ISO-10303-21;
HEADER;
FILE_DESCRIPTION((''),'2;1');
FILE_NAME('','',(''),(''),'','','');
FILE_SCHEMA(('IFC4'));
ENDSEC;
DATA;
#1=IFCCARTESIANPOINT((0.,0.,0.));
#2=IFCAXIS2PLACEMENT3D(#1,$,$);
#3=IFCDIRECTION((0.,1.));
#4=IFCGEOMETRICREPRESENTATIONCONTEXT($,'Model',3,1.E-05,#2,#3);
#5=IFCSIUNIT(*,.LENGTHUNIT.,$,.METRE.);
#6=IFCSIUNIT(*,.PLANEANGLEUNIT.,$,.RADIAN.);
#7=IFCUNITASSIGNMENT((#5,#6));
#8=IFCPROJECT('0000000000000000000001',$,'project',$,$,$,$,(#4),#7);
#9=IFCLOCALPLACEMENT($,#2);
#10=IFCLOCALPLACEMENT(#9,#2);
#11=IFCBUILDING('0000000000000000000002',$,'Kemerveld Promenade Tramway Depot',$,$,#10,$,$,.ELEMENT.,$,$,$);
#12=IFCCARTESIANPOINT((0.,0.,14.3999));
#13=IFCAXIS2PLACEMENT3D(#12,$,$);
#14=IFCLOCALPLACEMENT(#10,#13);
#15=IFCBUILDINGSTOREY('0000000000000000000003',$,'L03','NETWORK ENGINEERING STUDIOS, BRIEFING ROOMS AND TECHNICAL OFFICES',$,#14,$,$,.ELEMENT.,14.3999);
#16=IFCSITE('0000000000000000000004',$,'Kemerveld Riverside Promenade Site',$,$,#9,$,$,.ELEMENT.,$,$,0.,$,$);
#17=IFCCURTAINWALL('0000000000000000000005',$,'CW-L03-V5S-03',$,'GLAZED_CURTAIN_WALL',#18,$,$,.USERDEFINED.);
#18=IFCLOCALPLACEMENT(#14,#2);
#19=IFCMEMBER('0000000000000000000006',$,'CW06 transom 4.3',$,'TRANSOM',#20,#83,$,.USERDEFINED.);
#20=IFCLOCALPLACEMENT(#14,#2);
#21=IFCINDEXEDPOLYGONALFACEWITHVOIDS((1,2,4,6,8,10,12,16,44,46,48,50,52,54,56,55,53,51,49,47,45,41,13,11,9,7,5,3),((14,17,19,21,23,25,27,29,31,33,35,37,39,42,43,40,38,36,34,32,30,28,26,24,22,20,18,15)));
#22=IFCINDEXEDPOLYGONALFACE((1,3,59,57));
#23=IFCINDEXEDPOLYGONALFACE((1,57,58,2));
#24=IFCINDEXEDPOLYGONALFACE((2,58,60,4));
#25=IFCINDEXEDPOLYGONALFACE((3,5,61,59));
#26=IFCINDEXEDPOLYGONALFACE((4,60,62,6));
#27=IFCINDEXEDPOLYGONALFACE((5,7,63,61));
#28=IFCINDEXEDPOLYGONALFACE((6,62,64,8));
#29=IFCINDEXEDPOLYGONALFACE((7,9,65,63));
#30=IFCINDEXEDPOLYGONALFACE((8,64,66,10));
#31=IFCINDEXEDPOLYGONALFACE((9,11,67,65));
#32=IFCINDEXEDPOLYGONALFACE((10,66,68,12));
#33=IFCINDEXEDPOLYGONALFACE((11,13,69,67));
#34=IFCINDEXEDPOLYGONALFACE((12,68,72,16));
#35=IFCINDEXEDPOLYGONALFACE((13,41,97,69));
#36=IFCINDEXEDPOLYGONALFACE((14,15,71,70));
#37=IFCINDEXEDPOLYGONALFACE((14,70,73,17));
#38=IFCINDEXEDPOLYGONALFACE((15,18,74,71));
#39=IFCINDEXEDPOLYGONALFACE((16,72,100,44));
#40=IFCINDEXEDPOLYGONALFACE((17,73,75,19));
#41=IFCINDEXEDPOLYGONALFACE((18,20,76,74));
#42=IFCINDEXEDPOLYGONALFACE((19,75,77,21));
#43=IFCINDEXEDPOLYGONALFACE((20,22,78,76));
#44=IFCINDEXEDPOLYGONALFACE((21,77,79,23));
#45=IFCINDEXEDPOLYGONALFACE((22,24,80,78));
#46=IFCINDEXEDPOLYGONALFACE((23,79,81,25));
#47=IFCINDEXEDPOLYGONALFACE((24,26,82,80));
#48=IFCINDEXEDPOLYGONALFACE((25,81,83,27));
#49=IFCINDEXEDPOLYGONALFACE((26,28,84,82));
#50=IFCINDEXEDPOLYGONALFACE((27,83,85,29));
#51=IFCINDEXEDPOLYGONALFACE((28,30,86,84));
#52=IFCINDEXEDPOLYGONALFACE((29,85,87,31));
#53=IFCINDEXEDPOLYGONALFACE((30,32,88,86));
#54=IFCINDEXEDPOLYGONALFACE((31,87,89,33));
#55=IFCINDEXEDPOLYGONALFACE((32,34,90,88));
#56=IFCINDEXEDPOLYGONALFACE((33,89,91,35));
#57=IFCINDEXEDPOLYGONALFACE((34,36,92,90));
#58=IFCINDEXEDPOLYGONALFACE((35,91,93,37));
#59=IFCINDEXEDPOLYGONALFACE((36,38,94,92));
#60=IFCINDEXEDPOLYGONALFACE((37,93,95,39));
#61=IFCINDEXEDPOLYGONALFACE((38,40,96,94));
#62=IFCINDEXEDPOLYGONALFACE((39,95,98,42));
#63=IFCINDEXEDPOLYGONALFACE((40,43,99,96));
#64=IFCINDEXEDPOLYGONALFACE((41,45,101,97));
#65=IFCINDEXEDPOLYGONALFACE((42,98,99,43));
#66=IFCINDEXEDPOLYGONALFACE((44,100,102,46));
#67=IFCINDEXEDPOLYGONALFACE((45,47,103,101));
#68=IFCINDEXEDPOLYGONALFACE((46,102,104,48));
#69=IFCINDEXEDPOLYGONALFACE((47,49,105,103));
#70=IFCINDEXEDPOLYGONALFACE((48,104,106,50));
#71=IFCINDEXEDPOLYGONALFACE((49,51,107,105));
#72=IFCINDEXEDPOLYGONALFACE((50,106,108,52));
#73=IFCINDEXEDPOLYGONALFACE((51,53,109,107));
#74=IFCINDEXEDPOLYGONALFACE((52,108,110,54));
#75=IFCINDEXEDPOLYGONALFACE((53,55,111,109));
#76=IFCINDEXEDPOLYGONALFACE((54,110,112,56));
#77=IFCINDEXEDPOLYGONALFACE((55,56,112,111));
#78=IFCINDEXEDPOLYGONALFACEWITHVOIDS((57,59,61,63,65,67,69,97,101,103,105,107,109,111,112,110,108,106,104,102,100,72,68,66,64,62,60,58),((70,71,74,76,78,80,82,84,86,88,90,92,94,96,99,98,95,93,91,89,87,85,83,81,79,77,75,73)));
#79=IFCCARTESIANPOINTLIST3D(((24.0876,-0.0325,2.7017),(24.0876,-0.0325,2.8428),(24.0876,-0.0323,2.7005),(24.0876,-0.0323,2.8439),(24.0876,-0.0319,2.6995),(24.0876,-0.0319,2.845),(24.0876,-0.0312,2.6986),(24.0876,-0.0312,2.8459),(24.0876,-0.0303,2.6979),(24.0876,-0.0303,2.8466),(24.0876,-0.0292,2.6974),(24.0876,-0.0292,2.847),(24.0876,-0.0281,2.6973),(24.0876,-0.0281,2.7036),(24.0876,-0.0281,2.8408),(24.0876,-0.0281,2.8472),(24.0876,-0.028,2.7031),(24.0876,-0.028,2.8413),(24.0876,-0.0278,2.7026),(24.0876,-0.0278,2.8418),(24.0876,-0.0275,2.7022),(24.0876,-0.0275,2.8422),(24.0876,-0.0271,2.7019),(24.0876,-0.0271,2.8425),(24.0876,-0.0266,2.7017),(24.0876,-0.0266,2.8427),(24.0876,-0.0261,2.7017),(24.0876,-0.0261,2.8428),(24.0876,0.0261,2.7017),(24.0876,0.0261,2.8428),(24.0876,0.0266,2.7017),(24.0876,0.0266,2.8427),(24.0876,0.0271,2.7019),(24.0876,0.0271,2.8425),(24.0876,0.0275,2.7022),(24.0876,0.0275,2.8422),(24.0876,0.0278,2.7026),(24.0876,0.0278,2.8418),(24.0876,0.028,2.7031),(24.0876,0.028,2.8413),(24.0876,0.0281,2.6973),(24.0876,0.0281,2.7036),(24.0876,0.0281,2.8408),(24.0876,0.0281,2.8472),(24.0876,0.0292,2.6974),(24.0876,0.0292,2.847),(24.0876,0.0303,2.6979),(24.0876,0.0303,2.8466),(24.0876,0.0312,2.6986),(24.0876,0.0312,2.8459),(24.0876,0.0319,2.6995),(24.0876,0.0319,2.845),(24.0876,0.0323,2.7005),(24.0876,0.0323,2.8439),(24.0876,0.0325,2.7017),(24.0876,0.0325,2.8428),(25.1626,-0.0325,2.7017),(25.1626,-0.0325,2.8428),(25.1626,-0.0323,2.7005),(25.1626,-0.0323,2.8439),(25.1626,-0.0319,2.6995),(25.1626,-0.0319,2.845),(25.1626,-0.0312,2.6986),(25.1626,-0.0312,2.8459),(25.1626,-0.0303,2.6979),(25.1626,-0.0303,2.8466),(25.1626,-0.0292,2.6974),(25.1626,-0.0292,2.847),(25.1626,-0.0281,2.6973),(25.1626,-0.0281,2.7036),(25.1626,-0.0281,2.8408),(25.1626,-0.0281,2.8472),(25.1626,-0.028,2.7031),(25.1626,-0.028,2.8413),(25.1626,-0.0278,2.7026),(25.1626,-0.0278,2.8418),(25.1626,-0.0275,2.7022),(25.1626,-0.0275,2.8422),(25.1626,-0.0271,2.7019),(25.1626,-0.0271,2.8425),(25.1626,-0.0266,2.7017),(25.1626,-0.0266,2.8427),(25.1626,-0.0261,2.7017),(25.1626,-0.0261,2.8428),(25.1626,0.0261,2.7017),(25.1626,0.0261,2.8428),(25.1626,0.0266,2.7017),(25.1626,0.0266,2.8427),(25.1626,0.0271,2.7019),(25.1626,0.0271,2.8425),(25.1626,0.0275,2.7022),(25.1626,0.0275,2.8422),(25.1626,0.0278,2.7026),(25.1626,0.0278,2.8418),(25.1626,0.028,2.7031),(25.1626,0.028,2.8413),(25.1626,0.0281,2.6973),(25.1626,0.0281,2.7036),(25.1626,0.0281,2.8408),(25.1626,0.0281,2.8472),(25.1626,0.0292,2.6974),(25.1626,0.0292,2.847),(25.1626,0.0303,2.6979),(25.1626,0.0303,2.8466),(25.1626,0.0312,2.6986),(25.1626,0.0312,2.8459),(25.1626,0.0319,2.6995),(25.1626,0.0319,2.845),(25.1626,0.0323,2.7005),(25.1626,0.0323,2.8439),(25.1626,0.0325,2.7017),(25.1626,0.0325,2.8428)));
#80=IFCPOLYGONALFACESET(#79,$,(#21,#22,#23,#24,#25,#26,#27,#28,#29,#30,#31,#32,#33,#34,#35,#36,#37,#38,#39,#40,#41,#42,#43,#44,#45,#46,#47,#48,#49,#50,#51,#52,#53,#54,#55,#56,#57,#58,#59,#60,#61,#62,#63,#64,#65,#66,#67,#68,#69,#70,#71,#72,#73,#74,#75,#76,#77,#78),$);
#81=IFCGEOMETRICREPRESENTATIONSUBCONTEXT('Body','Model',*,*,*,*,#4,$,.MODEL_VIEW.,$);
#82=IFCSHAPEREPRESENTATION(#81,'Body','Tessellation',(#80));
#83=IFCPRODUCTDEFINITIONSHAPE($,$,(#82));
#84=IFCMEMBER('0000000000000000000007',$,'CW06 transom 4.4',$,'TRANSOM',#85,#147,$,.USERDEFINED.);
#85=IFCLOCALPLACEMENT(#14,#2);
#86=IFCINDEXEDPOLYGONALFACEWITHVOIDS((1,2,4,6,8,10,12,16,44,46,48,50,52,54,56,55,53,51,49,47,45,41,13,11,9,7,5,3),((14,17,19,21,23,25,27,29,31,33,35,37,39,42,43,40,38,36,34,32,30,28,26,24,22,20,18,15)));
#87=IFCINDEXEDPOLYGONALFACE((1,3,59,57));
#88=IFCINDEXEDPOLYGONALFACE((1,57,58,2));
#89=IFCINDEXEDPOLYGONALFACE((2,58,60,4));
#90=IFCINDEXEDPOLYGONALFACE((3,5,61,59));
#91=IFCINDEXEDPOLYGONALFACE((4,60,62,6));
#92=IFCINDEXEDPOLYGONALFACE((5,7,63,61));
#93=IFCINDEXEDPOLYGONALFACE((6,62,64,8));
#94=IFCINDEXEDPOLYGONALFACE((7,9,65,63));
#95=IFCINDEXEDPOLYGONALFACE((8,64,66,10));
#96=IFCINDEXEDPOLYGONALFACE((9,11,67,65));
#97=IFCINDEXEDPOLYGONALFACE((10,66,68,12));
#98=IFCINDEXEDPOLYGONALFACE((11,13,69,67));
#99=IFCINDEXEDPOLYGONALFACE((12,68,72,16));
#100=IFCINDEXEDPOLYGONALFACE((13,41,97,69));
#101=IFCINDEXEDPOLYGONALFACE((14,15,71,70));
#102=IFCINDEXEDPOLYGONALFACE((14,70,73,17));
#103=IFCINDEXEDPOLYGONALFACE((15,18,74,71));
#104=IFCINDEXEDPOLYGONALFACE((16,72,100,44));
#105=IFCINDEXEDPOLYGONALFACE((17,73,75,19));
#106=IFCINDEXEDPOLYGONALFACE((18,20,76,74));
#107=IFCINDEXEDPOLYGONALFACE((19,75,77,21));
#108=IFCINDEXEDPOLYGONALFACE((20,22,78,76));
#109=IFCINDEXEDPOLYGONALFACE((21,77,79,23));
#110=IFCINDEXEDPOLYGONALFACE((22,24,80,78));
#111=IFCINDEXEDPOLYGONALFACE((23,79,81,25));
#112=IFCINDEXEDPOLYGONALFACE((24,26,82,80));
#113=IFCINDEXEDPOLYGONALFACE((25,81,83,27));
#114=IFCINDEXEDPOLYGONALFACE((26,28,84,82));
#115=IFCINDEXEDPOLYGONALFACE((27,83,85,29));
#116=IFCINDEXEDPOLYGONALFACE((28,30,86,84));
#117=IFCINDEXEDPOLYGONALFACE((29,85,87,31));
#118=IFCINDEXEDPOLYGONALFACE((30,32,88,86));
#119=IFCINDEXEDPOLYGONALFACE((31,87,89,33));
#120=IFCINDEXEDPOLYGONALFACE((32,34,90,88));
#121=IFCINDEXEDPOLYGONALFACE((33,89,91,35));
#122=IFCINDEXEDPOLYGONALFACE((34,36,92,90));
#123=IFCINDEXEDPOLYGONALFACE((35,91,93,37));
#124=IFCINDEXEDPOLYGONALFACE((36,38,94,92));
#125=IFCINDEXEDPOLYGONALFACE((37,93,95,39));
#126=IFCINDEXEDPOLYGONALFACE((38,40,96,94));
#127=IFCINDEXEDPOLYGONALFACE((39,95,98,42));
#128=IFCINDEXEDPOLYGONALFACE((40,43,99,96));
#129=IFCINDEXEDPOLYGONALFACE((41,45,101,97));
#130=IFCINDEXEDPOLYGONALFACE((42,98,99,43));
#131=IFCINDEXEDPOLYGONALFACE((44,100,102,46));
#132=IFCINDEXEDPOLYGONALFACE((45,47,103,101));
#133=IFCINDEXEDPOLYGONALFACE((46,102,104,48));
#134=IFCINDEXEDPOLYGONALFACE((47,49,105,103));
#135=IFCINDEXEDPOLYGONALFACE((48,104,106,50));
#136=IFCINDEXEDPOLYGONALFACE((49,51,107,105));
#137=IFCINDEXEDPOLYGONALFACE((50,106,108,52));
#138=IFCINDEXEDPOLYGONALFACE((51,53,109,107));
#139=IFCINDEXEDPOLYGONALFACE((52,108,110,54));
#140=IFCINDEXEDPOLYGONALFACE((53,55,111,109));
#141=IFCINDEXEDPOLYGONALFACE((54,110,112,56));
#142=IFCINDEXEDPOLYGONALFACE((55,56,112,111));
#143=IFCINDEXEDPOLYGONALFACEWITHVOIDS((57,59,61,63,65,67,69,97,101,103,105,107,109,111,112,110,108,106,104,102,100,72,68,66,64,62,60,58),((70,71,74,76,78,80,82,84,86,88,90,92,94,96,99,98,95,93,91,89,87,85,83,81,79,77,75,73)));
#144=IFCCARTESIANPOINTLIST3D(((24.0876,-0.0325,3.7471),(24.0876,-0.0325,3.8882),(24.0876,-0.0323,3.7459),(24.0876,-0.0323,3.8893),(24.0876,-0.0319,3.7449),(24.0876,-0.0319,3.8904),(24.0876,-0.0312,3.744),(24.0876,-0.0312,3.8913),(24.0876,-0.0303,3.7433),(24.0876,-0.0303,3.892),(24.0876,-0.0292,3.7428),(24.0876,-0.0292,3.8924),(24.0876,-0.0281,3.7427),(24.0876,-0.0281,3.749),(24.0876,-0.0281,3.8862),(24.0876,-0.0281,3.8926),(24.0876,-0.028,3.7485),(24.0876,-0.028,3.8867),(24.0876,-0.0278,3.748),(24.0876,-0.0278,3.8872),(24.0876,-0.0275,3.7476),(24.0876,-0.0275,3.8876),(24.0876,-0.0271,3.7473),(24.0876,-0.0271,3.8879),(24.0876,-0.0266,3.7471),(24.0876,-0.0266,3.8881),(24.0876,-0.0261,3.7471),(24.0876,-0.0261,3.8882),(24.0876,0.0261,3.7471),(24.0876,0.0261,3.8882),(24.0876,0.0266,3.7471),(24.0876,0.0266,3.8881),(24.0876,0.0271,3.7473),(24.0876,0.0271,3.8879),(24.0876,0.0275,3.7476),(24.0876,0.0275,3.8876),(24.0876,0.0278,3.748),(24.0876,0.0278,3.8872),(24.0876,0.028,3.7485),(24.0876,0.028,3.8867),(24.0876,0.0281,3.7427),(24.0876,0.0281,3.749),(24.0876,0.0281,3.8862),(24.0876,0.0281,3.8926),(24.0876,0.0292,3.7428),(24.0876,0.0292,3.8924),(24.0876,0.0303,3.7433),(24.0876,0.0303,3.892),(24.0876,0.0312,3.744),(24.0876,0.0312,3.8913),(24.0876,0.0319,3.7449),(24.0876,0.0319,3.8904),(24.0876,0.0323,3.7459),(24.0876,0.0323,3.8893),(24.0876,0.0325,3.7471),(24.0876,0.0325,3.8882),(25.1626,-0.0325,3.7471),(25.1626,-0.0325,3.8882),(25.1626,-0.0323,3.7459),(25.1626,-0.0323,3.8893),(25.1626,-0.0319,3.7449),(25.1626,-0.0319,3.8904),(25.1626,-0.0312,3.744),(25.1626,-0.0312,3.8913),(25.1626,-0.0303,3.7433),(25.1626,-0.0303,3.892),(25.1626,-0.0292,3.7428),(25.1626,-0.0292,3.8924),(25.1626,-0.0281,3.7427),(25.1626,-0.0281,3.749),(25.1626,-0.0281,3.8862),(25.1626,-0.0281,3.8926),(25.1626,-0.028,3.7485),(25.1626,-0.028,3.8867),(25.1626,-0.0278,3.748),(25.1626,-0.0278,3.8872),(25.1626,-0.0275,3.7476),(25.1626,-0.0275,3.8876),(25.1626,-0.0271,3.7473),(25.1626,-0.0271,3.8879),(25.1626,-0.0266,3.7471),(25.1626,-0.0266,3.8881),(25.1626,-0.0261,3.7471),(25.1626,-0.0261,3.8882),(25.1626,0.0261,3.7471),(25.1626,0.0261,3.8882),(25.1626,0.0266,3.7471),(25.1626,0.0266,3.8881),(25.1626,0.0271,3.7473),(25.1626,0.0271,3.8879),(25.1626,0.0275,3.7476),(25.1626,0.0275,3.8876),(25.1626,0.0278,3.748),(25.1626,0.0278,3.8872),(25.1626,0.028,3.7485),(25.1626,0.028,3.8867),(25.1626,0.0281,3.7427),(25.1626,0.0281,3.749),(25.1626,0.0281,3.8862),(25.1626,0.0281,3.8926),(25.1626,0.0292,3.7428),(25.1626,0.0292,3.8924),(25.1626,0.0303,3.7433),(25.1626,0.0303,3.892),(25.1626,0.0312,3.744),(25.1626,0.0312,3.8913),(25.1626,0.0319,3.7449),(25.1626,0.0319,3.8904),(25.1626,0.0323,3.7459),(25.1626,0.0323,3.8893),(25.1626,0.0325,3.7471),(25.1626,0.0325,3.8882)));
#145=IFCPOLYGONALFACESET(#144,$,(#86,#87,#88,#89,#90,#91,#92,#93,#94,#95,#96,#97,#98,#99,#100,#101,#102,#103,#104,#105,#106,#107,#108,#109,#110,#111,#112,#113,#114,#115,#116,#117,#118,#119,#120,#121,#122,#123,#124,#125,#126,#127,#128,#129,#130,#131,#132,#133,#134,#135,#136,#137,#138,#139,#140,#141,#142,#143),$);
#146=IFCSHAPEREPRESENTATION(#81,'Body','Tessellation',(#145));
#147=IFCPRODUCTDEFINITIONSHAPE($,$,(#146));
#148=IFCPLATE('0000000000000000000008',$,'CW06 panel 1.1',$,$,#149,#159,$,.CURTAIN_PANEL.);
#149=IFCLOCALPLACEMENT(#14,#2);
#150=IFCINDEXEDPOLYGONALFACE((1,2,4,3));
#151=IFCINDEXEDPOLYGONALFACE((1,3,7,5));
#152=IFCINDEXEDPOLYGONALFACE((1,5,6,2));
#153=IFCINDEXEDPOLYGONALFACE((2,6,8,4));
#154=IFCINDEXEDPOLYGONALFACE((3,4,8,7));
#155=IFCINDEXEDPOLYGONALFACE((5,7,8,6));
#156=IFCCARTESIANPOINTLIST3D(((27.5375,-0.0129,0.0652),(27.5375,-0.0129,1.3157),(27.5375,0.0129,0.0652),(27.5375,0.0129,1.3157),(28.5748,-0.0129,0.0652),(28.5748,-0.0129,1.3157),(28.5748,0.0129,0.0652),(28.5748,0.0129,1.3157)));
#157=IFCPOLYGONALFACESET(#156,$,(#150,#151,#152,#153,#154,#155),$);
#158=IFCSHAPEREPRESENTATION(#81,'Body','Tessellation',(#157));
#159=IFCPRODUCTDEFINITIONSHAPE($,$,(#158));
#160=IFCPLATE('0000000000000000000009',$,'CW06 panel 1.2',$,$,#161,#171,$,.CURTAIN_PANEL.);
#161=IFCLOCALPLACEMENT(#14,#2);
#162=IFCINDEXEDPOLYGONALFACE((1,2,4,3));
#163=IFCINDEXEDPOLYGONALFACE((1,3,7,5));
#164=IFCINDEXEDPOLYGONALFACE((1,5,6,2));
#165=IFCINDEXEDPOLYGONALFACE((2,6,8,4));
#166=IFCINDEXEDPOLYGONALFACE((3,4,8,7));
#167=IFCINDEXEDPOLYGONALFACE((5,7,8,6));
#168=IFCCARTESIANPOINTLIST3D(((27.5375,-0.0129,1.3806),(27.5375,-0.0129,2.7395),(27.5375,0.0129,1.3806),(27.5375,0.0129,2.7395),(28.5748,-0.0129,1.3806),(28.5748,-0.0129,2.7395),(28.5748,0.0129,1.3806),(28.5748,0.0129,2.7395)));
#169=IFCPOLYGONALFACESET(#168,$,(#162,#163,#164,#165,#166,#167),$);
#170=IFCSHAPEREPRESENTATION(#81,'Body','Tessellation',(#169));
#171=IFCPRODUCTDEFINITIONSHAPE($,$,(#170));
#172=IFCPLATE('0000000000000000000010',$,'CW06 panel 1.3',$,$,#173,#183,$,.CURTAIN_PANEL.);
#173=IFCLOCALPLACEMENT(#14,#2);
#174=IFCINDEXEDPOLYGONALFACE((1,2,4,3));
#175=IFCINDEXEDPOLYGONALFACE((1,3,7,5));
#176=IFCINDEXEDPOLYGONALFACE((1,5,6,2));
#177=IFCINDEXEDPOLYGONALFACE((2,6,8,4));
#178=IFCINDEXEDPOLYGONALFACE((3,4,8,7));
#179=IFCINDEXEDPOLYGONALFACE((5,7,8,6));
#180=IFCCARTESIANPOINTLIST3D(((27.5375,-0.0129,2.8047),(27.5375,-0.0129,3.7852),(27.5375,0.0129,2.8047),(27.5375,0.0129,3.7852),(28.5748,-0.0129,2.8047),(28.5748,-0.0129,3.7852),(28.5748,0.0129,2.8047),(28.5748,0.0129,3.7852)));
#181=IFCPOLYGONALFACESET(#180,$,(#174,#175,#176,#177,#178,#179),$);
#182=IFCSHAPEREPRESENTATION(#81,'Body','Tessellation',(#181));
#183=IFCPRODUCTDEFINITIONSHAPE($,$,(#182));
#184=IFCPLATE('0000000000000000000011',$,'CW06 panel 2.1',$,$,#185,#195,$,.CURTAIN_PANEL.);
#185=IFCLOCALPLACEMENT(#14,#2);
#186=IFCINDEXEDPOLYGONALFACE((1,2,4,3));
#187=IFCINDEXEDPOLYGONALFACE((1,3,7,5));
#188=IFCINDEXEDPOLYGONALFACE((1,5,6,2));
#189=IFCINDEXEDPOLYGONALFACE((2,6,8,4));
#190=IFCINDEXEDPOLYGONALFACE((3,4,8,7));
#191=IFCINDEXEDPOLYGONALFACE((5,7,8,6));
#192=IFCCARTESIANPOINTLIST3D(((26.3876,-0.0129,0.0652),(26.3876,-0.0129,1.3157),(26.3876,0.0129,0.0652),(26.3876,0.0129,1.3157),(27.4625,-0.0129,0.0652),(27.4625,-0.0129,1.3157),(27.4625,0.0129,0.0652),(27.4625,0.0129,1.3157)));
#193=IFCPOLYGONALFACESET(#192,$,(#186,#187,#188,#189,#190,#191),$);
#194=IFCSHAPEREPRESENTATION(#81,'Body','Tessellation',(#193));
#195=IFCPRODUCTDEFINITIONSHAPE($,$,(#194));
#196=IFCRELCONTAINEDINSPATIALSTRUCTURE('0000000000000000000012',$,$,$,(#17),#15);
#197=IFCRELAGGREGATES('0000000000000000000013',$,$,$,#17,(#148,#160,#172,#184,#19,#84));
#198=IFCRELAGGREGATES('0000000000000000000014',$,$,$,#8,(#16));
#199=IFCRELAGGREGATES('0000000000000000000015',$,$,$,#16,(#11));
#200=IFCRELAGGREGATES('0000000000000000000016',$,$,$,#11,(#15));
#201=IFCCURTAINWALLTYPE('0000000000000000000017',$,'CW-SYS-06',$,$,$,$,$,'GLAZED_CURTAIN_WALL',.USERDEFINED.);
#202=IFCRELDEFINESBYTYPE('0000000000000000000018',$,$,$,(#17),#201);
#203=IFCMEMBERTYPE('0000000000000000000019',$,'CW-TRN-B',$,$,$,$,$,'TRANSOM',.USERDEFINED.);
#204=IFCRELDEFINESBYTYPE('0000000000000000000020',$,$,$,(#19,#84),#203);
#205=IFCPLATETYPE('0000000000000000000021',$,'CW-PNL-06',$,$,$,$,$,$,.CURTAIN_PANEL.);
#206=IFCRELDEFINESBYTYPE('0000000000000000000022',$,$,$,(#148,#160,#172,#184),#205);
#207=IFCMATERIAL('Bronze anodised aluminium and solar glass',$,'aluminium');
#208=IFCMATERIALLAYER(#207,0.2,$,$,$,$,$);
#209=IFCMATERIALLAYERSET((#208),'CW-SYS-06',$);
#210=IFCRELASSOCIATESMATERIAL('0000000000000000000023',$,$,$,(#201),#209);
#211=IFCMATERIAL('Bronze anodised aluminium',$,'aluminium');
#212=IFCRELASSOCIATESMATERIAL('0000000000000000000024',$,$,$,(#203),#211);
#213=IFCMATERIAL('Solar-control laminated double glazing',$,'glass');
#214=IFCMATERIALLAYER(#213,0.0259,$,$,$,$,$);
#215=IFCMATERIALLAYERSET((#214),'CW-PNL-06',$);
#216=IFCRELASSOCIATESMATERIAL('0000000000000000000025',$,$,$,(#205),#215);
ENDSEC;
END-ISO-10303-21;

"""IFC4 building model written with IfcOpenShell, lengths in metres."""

from ifc_helpers import new_model, si_unit, direction, frame, origin, origin_2d, place, context, subcontext, project, spatial, rectangle, hollow_rectangle, extrude, material, layer, layer_set, material_profile, profile_set, type_object, element, aggregate, save


model = new_model("IFC4")

# Units and contexts
model_context = context("Model", 3, precision=1e-05, world=origin(), true_north=direction((0.0, 1.0)))
body_context = subcontext(model_context, "Body", "Model", "MODEL_VIEW")
ifc_project = project(units=[si_unit("LENGTHUNIT", "METRE"), si_unit("PLANEANGLEUNIT", "RADIAN")], contexts=[model_context])

# Site, building, storey
site_placement = place(None, origin())
site = spatial("IfcSite", under=ifc_project, at=site_placement, Name="Kemerveld Riverside Promenade Site", CompositionType="ELEMENT", RefElevation=0.0)
building_placement = place(site_placement, origin())
building = spatial("IfcBuilding", under=site, at=building_placement, Name="Kemerveld Promenade Tramway Depot", CompositionType="ELEMENT")
storey_placement = place(building_placement, frame((0.0, 0.0, 14.3999)))
storey = spatial("IfcBuildingStorey", under=building, at=storey_placement, Name="L03", Description="NETWORK ENGINEERING STUDIOS, BRIEFING ROOMS AND TECHNICAL OFFICES", CompositionType="ELEMENT", Elevation=14.3999)

# Curtain wall, members, plates
ifc_material_1 = material(Name="Bronze anodised aluminium and solar glass", Category="aluminium")
ifc_layer_1 = layer(ifc_material_1, 0.2)
ifc_layer_set_1 = layer_set([ifc_layer_1], Name="CW-SYS-06")
curtain_wall_type = type_object("IfcCurtainWallType", Name="CW-SYS-06", ElementType="GLAZED_CURTAIN_WALL", PredefinedType="USERDEFINED", material=ifc_layer_set_1)
curtain_wall_placement = place(storey_placement, origin())
curtain_wall = element("IfcCurtainWall", 1, at=curtain_wall_placement, inside=storey, type_object=curtain_wall_type, Name="CW-L03-V5S-03", ObjectType="GLAZED_CURTAIN_WALL", PredefinedType="USERDEFINED")
ifc_material_2 = material(Name="Bronze anodised aluminium", Category="aluminium")
ifc_material_profile_1 = material_profile(ifc_material_2, hollow_rectangle(XDim=0.0649, YDim=0.1499, WallThickness=0.0044, InnerFilletRadius=0.002, OuterFilletRadius=0.0044, at=origin_2d()), Name="CW-TRN-150x65")
ifc_profile_set_1 = profile_set([ifc_material_profile_1], Name="Bronze anodised aluminium")
member_type_1 = type_object("IfcMemberType", Name="CW-TRN-B", ElementType="TRANSOM", PredefinedType="USERDEFINED", material=ifc_profile_set_1)
member_1_placement = place(storey_placement, frame((25.1626, 0.0, 2.7722), z_axis=(-1.0, 0.0, 0.0), x_axis=(0.0, -1.0, 0.0)))
member_1 = element("IfcMember", 2, at=member_1_placement, type_object=member_type_1, Name="CW06 transom 4.3", ObjectType="TRANSOM", PredefinedType="USERDEFINED", context=body_context, shape_type="SweptSolid", body=[
    extrude(hollow_rectangle(XDim=0.0649, YDim=0.1499, WallThickness=0.0044, InnerFilletRadius=0.002, OuterFilletRadius=0.0044, at=origin_2d()), origin(), (0.0, 0.0, 1.0), 1.075),
])
member_2_placement = place(storey_placement, frame((25.1626, 0.0, 3.8176), z_axis=(-1.0, 0.0, 0.0), x_axis=(0.0, -1.0, 0.0)))
member_2 = element("IfcMember", 3, at=member_2_placement, type_object=member_type_1, Name="CW06 transom 4.4", ObjectType="TRANSOM", PredefinedType="USERDEFINED", context=body_context, shape_type="SweptSolid", body=[
    extrude(hollow_rectangle(XDim=0.0649, YDim=0.1499, WallThickness=0.0044, InnerFilletRadius=0.002, OuterFilletRadius=0.0044, at=origin_2d()), origin(), (0.0, 0.0, 1.0), 1.075),
])
ifc_material_3 = material(Name="Solar-control laminated double glazing", Category="glass")
ifc_layer_2 = layer(ifc_material_3, 0.0259)
ifc_layer_set_2 = layer_set([ifc_layer_2], Name="CW-PNL-06")
plate_type = type_object("IfcPlateType", Name="CW-PNL-06", PredefinedType="CURTAIN_PANEL", material=ifc_layer_set_2)
plate_1_placement = place(storey_placement, frame((28.0562, 0.0, 0.0652), z_axis=(0.0, 0.0, 1.0), x_axis=(-1.0, 0.0, 0.0)))
plate_1 = element("IfcPlate", 4, at=plate_1_placement, type_object=plate_type, Name="CW06 panel 1.1", PredefinedType="CURTAIN_PANEL", context=body_context, shape_type="SweptSolid", body=[
    extrude(rectangle(XDim=1.0374, YDim=0.0259, at=origin_2d()), origin(), (0.0, 0.0, 1.0), 1.2505),
])
plate_2_placement = place(storey_placement, frame((28.0562, 0.0, 1.3806), z_axis=(0.0, 0.0, 1.0), x_axis=(-1.0, 0.0, 0.0)))
plate_2 = element("IfcPlate", 5, at=plate_2_placement, type_object=plate_type, Name="CW06 panel 1.2", PredefinedType="CURTAIN_PANEL", context=body_context, shape_type="SweptSolid", body=[
    extrude(rectangle(XDim=1.0374, YDim=0.0259, at=origin_2d()), origin(), (0.0, 0.0, 1.0), 1.3589),
])
plate_3_placement = place(storey_placement, frame((28.0562, 0.0, 2.8047), z_axis=(0.0, 0.0, 1.0), x_axis=(-1.0, 0.0, 0.0)))
plate_3 = element("IfcPlate", 6, at=plate_3_placement, type_object=plate_type, Name="CW06 panel 1.3", PredefinedType="CURTAIN_PANEL", context=body_context, shape_type="SweptSolid", body=[
    extrude(rectangle(XDim=1.0374, YDim=0.0259, at=origin_2d()), origin(), (0.0, 0.0, 1.0), 0.9805),
])
plate_4_placement = place(storey_placement, frame((26.925, 0.0, 0.0652), z_axis=(0.0, 0.0, 1.0), x_axis=(-1.0, 0.0, 0.0)))
plate_4 = element("IfcPlate", 7, at=plate_4_placement, type_object=plate_type, Name="CW06 panel 2.1", PredefinedType="CURTAIN_PANEL", context=body_context, shape_type="SweptSolid", body=[
    extrude(rectangle(XDim=1.075, YDim=0.0259, at=origin_2d()), origin(), (0.0, 0.0, 1.0), 1.2505),
])
aggregate(curtain_wall, [plate_1, plate_2, plate_3, plate_4, member_1, member_2])

save(model, "model.ifc")
